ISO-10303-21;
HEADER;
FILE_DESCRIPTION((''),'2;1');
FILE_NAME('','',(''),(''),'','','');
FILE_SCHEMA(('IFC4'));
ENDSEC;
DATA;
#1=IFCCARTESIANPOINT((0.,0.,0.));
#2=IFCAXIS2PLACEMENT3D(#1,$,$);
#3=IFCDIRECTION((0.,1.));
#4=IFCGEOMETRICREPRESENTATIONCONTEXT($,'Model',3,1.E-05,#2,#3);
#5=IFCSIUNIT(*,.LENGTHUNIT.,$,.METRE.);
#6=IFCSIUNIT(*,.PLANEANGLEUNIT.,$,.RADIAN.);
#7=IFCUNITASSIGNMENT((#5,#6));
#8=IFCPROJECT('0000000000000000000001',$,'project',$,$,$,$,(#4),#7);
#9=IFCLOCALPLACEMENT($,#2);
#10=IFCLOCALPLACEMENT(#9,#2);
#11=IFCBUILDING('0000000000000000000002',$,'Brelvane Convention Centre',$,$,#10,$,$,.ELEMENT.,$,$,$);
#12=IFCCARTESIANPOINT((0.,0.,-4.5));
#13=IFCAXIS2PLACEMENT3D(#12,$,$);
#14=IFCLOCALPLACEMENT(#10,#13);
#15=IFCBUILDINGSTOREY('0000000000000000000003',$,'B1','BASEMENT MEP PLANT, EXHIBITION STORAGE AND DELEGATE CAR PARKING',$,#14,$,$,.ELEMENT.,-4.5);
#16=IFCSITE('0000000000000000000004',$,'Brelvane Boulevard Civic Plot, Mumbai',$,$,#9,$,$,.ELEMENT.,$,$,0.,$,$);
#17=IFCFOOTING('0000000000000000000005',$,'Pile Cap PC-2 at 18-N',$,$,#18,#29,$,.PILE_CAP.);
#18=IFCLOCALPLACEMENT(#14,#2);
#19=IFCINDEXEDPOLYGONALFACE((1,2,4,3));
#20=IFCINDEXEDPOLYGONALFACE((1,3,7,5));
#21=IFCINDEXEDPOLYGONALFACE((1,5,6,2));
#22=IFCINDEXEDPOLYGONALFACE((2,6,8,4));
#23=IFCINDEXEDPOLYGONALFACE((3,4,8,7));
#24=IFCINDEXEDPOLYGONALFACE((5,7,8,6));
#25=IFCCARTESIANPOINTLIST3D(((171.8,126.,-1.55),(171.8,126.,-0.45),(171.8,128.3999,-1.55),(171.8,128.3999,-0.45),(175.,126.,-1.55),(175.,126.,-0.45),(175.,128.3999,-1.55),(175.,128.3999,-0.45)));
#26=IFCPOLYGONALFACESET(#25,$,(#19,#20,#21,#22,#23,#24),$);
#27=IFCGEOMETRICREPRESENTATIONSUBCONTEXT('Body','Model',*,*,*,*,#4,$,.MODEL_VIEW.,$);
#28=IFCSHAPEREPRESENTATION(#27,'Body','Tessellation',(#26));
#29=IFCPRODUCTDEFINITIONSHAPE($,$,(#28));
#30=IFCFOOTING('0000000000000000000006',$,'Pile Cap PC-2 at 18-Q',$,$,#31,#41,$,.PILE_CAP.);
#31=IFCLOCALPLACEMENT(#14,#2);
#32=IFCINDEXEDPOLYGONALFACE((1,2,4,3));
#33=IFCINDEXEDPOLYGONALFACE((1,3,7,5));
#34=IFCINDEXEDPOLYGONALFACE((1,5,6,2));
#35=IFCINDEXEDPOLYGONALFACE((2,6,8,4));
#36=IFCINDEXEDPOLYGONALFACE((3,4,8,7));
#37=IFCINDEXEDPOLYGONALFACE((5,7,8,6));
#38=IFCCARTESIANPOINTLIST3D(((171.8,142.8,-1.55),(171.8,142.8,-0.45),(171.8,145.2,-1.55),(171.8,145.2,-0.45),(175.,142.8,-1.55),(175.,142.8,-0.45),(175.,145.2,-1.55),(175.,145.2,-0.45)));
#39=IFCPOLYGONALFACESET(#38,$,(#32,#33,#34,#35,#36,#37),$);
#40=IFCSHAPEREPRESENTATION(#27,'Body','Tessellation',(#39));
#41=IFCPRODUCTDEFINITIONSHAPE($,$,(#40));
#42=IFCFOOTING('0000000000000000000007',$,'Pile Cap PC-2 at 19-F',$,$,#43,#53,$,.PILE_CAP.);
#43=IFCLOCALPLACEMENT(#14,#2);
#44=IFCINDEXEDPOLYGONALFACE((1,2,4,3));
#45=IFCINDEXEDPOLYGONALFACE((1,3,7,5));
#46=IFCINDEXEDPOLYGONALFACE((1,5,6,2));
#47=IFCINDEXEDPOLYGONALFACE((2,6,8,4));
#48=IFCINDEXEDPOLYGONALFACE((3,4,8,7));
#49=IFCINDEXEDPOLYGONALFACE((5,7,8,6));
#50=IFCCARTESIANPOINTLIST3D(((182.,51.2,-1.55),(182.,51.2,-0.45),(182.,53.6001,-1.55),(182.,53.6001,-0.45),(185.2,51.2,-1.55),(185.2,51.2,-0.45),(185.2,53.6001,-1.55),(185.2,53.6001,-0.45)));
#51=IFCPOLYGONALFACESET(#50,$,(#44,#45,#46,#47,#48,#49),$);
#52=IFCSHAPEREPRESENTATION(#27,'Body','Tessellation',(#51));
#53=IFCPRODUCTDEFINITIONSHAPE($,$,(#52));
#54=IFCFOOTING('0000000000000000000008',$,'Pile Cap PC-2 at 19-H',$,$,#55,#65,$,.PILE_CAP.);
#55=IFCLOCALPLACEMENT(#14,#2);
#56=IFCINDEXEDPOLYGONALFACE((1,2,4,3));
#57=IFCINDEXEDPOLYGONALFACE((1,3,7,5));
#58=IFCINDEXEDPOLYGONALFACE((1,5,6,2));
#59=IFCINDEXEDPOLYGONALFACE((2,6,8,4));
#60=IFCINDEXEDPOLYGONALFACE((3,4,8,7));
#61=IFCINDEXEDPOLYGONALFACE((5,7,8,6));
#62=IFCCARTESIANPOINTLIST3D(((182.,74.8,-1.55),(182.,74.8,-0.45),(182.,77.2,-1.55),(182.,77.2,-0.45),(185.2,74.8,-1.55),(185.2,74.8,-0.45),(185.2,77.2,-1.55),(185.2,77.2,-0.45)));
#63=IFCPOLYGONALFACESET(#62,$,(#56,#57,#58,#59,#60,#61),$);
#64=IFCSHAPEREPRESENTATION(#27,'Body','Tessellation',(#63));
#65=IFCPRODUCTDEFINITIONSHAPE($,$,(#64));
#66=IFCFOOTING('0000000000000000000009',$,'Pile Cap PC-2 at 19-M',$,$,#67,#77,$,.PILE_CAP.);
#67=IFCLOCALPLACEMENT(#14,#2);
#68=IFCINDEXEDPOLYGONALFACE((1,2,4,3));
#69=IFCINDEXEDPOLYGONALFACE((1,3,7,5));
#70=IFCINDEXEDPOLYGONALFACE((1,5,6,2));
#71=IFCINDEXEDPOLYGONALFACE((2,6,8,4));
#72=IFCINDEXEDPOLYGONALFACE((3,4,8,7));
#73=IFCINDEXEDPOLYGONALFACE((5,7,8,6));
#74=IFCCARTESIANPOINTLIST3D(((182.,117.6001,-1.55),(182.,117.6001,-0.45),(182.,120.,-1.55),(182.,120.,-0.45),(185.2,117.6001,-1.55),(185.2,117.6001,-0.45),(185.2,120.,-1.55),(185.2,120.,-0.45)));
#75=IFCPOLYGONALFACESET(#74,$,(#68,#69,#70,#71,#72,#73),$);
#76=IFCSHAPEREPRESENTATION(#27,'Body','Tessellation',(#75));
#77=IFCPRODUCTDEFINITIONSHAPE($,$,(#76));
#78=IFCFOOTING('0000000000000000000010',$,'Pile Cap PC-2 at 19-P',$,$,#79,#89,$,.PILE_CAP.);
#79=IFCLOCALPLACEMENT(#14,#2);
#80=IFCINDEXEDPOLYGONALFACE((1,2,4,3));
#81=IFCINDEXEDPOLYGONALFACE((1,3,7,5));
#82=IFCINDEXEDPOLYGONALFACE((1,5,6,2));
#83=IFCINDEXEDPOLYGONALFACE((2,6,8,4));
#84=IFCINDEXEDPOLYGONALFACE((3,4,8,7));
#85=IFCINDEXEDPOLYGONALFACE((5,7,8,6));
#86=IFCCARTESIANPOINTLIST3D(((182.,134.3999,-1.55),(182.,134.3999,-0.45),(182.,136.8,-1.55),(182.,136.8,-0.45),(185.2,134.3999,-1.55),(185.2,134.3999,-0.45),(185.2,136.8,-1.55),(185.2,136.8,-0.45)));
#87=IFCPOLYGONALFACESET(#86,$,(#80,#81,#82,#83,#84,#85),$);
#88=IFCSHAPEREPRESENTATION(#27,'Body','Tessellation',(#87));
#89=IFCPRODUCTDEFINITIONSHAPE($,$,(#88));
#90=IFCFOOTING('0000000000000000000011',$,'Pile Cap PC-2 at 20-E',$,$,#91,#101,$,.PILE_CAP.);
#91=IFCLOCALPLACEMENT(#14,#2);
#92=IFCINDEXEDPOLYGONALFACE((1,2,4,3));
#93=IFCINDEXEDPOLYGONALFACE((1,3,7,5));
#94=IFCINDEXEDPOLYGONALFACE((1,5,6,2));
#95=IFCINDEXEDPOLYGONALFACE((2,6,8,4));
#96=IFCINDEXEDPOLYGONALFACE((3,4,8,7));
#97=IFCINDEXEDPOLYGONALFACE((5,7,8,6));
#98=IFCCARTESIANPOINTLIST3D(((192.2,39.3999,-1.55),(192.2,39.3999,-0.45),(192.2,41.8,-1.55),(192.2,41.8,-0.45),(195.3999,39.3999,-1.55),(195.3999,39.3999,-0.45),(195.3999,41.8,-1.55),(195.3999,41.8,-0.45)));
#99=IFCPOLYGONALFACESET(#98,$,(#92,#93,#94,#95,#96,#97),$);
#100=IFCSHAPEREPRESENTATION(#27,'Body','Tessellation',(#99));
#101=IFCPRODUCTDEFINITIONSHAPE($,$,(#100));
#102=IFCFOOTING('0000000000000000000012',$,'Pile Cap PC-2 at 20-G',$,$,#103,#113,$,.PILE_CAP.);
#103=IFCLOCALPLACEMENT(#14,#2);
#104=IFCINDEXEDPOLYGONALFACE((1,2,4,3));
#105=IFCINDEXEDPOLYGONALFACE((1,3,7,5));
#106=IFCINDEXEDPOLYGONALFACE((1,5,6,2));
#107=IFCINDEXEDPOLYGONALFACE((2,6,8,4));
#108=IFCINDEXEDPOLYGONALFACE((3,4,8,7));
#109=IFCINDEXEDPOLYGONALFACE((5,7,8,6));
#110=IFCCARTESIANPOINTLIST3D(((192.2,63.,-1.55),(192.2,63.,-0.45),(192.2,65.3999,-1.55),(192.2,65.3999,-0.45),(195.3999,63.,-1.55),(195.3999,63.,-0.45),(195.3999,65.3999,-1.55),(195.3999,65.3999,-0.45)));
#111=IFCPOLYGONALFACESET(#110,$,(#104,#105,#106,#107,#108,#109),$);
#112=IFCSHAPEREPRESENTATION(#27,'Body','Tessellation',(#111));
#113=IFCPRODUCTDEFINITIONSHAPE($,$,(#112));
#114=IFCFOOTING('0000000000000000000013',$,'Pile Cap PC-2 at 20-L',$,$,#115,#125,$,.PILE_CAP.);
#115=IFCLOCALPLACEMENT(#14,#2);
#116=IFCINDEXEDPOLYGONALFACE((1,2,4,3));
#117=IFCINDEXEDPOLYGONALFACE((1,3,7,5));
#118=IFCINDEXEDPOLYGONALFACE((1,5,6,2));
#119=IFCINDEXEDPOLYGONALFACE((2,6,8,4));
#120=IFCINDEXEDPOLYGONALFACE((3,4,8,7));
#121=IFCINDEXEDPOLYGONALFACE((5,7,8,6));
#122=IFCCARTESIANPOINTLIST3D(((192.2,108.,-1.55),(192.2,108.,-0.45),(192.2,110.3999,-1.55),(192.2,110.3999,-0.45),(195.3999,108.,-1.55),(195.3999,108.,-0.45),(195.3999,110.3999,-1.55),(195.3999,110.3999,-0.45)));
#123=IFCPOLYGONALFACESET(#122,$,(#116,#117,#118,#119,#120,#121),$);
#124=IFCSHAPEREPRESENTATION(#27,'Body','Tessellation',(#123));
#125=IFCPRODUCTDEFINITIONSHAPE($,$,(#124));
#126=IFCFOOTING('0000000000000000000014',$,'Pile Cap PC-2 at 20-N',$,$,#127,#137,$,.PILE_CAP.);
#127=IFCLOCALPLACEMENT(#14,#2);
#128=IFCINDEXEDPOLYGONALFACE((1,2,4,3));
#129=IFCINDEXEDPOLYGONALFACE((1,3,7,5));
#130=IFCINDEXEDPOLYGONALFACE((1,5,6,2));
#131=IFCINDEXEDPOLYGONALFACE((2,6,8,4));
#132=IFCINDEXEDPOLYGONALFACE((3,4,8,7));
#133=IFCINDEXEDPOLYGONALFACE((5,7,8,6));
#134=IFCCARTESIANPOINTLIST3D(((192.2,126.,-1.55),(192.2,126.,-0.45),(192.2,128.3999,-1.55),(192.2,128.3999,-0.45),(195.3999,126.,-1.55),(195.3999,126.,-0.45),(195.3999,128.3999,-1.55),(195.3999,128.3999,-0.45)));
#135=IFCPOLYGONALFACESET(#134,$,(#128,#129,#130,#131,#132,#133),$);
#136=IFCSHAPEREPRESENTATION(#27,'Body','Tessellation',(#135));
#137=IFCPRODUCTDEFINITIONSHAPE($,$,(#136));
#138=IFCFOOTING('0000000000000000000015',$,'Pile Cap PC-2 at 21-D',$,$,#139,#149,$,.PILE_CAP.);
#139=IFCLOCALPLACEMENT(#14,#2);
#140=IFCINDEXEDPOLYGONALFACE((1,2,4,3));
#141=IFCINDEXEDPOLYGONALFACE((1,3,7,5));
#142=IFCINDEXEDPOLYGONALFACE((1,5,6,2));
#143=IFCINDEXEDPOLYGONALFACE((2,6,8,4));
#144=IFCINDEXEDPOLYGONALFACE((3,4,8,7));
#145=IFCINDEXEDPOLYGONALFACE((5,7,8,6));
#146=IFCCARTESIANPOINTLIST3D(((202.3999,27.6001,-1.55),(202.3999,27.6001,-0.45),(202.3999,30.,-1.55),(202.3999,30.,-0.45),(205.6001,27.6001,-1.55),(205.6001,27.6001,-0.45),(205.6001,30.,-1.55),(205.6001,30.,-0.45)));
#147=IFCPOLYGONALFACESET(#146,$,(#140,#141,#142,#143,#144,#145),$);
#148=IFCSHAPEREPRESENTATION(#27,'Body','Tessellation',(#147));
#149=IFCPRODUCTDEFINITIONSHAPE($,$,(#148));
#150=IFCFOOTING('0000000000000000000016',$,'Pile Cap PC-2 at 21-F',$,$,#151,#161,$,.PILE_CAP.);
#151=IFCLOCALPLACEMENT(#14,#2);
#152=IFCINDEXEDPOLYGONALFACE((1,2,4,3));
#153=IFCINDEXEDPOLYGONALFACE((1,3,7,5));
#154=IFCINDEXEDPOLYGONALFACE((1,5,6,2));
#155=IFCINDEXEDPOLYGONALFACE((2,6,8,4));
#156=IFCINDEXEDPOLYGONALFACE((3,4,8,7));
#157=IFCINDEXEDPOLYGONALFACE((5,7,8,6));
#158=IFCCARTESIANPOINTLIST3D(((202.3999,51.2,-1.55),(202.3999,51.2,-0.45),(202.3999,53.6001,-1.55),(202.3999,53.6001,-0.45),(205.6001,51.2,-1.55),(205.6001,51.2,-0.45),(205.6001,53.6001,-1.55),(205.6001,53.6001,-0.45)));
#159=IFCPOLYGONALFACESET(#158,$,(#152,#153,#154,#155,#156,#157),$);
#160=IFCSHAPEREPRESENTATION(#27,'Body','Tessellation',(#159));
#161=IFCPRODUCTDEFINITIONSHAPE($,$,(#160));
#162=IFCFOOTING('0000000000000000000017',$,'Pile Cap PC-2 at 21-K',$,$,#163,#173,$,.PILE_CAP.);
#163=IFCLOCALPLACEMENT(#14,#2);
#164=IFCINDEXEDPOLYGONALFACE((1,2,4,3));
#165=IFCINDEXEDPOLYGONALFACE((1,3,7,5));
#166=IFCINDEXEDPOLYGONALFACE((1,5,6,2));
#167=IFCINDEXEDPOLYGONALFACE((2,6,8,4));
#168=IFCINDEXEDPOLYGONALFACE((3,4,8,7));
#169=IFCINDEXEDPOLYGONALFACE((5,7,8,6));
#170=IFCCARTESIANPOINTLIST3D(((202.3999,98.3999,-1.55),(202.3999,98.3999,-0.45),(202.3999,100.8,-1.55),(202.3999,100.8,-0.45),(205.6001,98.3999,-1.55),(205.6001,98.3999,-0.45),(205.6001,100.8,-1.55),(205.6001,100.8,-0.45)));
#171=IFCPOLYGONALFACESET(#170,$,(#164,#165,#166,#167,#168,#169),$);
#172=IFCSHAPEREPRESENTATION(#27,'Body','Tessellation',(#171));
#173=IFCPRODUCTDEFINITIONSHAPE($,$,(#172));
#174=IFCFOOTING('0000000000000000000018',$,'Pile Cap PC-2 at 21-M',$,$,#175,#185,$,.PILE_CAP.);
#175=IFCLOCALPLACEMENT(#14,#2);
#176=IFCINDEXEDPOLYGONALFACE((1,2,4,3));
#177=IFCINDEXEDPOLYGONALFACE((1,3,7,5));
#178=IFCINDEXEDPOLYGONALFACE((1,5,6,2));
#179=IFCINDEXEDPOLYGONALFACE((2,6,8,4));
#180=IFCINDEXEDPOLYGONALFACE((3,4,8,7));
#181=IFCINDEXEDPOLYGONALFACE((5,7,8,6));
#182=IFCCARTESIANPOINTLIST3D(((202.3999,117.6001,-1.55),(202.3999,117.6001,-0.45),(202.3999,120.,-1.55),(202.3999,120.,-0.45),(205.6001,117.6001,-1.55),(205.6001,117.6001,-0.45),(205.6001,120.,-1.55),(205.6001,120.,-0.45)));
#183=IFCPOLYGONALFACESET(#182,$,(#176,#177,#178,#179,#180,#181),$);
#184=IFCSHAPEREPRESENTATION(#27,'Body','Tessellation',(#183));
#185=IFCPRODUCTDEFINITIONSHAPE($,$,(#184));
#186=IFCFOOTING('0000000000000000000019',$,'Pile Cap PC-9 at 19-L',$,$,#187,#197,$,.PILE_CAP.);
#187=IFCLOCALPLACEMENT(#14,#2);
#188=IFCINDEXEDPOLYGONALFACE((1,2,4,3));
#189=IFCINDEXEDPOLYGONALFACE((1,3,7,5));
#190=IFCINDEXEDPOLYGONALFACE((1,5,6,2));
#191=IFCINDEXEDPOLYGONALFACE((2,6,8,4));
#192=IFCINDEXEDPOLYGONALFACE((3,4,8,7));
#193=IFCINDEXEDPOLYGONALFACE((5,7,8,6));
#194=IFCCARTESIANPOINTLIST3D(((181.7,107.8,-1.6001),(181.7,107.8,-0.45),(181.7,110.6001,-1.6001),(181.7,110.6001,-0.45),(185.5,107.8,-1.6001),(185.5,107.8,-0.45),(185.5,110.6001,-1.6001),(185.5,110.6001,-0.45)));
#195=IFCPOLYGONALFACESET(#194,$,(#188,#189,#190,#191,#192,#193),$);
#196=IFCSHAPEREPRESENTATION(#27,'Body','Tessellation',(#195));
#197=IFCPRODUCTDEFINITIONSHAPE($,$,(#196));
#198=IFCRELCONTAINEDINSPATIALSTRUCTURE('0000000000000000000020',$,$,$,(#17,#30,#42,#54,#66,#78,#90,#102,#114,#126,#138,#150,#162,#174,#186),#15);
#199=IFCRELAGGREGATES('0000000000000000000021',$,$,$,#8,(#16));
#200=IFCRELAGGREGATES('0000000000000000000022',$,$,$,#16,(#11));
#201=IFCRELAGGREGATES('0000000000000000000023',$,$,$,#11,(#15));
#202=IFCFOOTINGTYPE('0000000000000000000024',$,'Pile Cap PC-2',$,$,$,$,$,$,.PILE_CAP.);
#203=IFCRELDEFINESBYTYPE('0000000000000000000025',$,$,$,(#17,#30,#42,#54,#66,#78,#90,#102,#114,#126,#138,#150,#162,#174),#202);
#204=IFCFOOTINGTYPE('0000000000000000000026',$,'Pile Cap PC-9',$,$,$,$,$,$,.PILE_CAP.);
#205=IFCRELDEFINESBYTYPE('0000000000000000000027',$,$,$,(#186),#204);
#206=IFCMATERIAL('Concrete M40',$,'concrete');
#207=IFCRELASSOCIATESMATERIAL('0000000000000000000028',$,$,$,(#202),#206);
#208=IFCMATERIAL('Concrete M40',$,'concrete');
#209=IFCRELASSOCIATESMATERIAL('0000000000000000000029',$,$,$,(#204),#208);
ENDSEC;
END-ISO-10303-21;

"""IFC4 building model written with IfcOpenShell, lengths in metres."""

from ifc_helpers import new_model, si_unit, direction, frame, origin, place, context, subcontext, project, spatial, polyline, outline, extrude, material, type_object, element, save


model = new_model("IFC4")

# Units and contexts
model_context = context("Model", 3, precision=1e-05, world=origin(), true_north=direction((0.0, 1.0)))
body_context = subcontext(model_context, "Body", "Model", "MODEL_VIEW")
ifc_project = project(units=[si_unit("LENGTHUNIT", "METRE"), si_unit("PLANEANGLEUNIT", "RADIAN")], contexts=[model_context])

# Site, building, storey
site_placement = place(None, origin())
site = spatial("IfcSite", under=ifc_project, at=site_placement, Name="Brelvane Boulevard Civic Plot, Mumbai", CompositionType="ELEMENT", RefElevation=0.0)
building_placement = place(site_placement, origin())
building = spatial("IfcBuilding", under=site, at=building_placement, Name="Brelvane Convention Centre", CompositionType="ELEMENT")
storey_placement = place(building_placement, frame((0.0, 0.0, -4.5)))
storey = spatial("IfcBuildingStorey", under=building, at=storey_placement, Name="B1", Description="BASEMENT MEP PLANT, EXHIBITION STORAGE AND DELEGATE CAR PARKING", CompositionType="ELEMENT", Elevation=-4.5)

# Footings
ifc_material_1 = material(Name="Concrete M40", Category="concrete")
footing_type_1 = type_object("IfcFootingType", Name="Pile Cap PC-2", PredefinedType="PILE_CAP", material=ifc_material_1)
footing_1_placement = place(storey_placement, frame((0.0, 0.0, -1.55)))
element("IfcFooting", 1, at=footing_1_placement, inside=storey, type_object=footing_type_1, Name="Pile Cap PC-2 at 18-N", PredefinedType="PILE_CAP", context=body_context, shape_type="SweptSolid", body=[
    extrude(outline(polyline([(171.8, 126.0), (175.0, 126.0), (175.0, 128.3999), (171.8, 128.3999), (171.8, 126.0)])), origin(), (0.0, 0.0, 1.0), 1.1001),
])
footing_2_placement = place(storey_placement, frame((0.0, 0.0, -1.55)))
element("IfcFooting", 2, at=footing_2_placement, inside=storey, type_object=footing_type_1, Name="Pile Cap PC-2 at 18-Q", PredefinedType="PILE_CAP", context=body_context, shape_type="SweptSolid", body=[
    extrude(outline(polyline([(171.8, 142.8), (175.0, 142.8), (175.0, 145.2), (171.8, 145.2), (171.8, 142.8)])), origin(), (0.0, 0.0, 1.0), 1.1001),
])
footing_3_placement = place(storey_placement, frame((0.0, 0.0, -1.55)))
element("IfcFooting", 3, at=footing_3_placement, inside=storey, type_object=footing_type_1, Name="Pile Cap PC-2 at 19-F", PredefinedType="PILE_CAP", context=body_context, shape_type="SweptSolid", body=[
    extrude(outline(polyline([(182.0, 51.2), (185.2, 51.2), (185.2, 53.6001), (182.0, 53.6001), (182.0, 51.2)])), origin(), (0.0, 0.0, 1.0), 1.1001),
])
footing_4_placement = place(storey_placement, frame((0.0, 0.0, -1.55)))
element("IfcFooting", 4, at=footing_4_placement, inside=storey, type_object=footing_type_1, Name="Pile Cap PC-2 at 19-H", PredefinedType="PILE_CAP", context=body_context, shape_type="SweptSolid", body=[
    extrude(outline(polyline([(182.0, 74.8), (185.2, 74.8), (185.2, 77.2), (182.0, 77.2), (182.0, 74.8)])), origin(), (0.0, 0.0, 1.0), 1.1001),
])
footing_5_placement = place(storey_placement, frame((0.0, 0.0, -1.55)))
element("IfcFooting", 5, at=footing_5_placement, inside=storey, type_object=footing_type_1, Name="Pile Cap PC-2 at 19-M", PredefinedType="PILE_CAP", context=body_context, shape_type="SweptSolid", body=[
    extrude(outline(polyline([(182.0, 117.6001), (185.2, 117.6001), (185.2, 120.0), (182.0, 120.0), (182.0, 117.6001)])), origin(), (0.0, 0.0, 1.0), 1.1001),
])
footing_6_placement = place(storey_placement, frame((0.0, 0.0, -1.55)))
element("IfcFooting", 6, at=footing_6_placement, inside=storey, type_object=footing_type_1, Name="Pile Cap PC-2 at 19-P", PredefinedType="PILE_CAP", context=body_context, shape_type="SweptSolid", body=[
    extrude(outline(polyline([(182.0, 134.3999), (185.2, 134.3999), (185.2, 136.8), (182.0, 136.8), (182.0, 134.3999)])), origin(), (0.0, 0.0, 1.0), 1.1001),
])
footing_7_placement = place(storey_placement, frame((0.0, 0.0, -1.55)))
element("IfcFooting", 7, at=footing_7_placement, inside=storey, type_object=footing_type_1, Name="Pile Cap PC-2 at 20-E", PredefinedType="PILE_CAP", context=body_context, shape_type="SweptSolid", body=[
    extrude(outline(polyline([(192.2, 39.3999), (195.3999, 39.3999), (195.3999, 41.8), (192.2, 41.8), (192.2, 39.3999)])), origin(), (0.0, 0.0, 1.0), 1.1001),
])
footing_8_placement = place(storey_placement, frame((0.0, 0.0, -1.55)))
element("IfcFooting", 8, at=footing_8_placement, inside=storey, type_object=footing_type_1, Name="Pile Cap PC-2 at 20-G", PredefinedType="PILE_CAP", context=body_context, shape_type="SweptSolid", body=[
    extrude(outline(polyline([(192.2, 63.0), (195.3999, 63.0), (195.3999, 65.3999), (192.2, 65.3999), (192.2, 63.0)])), origin(), (0.0, 0.0, 1.0), 1.1001),
])
footing_9_placement = place(storey_placement, frame((0.0, 0.0, -1.55)))
element("IfcFooting", 9, at=footing_9_placement, inside=storey, type_object=footing_type_1, Name="Pile Cap PC-2 at 20-L", PredefinedType="PILE_CAP", context=body_context, shape_type="SweptSolid", body=[
    extrude(outline(polyline([(192.2, 108.0), (195.3999, 108.0), (195.3999, 110.3999), (192.2, 110.3999), (192.2, 108.0)])), origin(), (0.0, 0.0, 1.0), 1.1001),
])
footing_10_placement = place(storey_placement, frame((0.0, 0.0, -1.55)))
element("IfcFooting", 10, at=footing_10_placement, inside=storey, type_object=footing_type_1, Name="Pile Cap PC-2 at 20-N", PredefinedType="PILE_CAP", context=body_context, shape_type="SweptSolid", body=[
    extrude(outline(polyline([(192.2, 126.0), (195.3999, 126.0), (195.3999, 128.3999), (192.2, 128.3999), (192.2, 126.0)])), origin(), (0.0, 0.0, 1.0), 1.1001),
])
footing_11_placement = place(storey_placement, frame((0.0, 0.0, -1.55)))
element("IfcFooting", 11, at=footing_11_placement, inside=storey, type_object=footing_type_1, Name="Pile Cap PC-2 at 21-D", PredefinedType="PILE_CAP", context=body_context, shape_type="SweptSolid", body=[
    extrude(outline(polyline([(202.3999, 27.6001), (205.6001, 27.6001), (205.6001, 30.0), (202.3999, 30.0), (202.3999, 27.6001)])), origin(), (0.0, 0.0, 1.0), 1.1001),
])
footing_12_placement = place(storey_placement, frame((0.0, 0.0, -1.55)))
element("IfcFooting", 12, at=footing_12_placement, inside=storey, type_object=footing_type_1, Name="Pile Cap PC-2 at 21-F", PredefinedType="PILE_CAP", context=body_context, shape_type="SweptSolid", body=[
    extrude(outline(polyline([(202.3999, 51.2), (205.6001, 51.2), (205.6001, 53.6001), (202.3999, 53.6001), (202.3999, 51.2)])), origin(), (0.0, 0.0, 1.0), 1.1001),
])
footing_13_placement = place(storey_placement, frame((0.0, 0.0, -1.55)))
element("IfcFooting", 13, at=footing_13_placement, inside=storey, type_object=footing_type_1, Name="Pile Cap PC-2 at 21-K", PredefinedType="PILE_CAP", context=body_context, shape_type="SweptSolid", body=[
    extrude(outline(polyline([(202.3999, 98.3999), (205.6001, 98.3999), (205.6001, 100.8), (202.3999, 100.8), (202.3999, 98.3999)])), origin(), (0.0, 0.0, 1.0), 1.1001),
])
footing_14_placement = place(storey_placement, frame((0.0, 0.0, -1.55)))
element("IfcFooting", 14, at=footing_14_placement, inside=storey, type_object=footing_type_1, Name="Pile Cap PC-2 at 21-M", PredefinedType="PILE_CAP", context=body_context, shape_type="SweptSolid", body=[
    extrude(outline(polyline([(202.3999, 117.6001), (205.6001, 117.6001), (205.6001, 120.0), (202.3999, 120.0), (202.3999, 117.6001)])), origin(), (0.0, 0.0, 1.0), 1.1001),
])
ifc_material_2 = material(Name="Concrete M40", Category="concrete")
footing_type_2 = type_object("IfcFootingType", Name="Pile Cap PC-9", PredefinedType="PILE_CAP", material=ifc_material_2)
footing_15_placement = place(storey_placement, frame((0.0, 0.0, -1.6001)))
element("IfcFooting", 15, at=footing_15_placement, inside=storey, type_object=footing_type_2, Name="Pile Cap PC-9 at 19-L", PredefinedType="PILE_CAP", context=body_context, shape_type="SweptSolid", body=[
    extrude(outline(polyline([(181.7, 107.8), (185.5, 107.8), (185.5, 110.6001), (181.7, 110.6001), (181.7, 107.8)])), origin(), (0.0, 0.0, 1.0), 1.1501),
])

save(model, "model.ifc")
